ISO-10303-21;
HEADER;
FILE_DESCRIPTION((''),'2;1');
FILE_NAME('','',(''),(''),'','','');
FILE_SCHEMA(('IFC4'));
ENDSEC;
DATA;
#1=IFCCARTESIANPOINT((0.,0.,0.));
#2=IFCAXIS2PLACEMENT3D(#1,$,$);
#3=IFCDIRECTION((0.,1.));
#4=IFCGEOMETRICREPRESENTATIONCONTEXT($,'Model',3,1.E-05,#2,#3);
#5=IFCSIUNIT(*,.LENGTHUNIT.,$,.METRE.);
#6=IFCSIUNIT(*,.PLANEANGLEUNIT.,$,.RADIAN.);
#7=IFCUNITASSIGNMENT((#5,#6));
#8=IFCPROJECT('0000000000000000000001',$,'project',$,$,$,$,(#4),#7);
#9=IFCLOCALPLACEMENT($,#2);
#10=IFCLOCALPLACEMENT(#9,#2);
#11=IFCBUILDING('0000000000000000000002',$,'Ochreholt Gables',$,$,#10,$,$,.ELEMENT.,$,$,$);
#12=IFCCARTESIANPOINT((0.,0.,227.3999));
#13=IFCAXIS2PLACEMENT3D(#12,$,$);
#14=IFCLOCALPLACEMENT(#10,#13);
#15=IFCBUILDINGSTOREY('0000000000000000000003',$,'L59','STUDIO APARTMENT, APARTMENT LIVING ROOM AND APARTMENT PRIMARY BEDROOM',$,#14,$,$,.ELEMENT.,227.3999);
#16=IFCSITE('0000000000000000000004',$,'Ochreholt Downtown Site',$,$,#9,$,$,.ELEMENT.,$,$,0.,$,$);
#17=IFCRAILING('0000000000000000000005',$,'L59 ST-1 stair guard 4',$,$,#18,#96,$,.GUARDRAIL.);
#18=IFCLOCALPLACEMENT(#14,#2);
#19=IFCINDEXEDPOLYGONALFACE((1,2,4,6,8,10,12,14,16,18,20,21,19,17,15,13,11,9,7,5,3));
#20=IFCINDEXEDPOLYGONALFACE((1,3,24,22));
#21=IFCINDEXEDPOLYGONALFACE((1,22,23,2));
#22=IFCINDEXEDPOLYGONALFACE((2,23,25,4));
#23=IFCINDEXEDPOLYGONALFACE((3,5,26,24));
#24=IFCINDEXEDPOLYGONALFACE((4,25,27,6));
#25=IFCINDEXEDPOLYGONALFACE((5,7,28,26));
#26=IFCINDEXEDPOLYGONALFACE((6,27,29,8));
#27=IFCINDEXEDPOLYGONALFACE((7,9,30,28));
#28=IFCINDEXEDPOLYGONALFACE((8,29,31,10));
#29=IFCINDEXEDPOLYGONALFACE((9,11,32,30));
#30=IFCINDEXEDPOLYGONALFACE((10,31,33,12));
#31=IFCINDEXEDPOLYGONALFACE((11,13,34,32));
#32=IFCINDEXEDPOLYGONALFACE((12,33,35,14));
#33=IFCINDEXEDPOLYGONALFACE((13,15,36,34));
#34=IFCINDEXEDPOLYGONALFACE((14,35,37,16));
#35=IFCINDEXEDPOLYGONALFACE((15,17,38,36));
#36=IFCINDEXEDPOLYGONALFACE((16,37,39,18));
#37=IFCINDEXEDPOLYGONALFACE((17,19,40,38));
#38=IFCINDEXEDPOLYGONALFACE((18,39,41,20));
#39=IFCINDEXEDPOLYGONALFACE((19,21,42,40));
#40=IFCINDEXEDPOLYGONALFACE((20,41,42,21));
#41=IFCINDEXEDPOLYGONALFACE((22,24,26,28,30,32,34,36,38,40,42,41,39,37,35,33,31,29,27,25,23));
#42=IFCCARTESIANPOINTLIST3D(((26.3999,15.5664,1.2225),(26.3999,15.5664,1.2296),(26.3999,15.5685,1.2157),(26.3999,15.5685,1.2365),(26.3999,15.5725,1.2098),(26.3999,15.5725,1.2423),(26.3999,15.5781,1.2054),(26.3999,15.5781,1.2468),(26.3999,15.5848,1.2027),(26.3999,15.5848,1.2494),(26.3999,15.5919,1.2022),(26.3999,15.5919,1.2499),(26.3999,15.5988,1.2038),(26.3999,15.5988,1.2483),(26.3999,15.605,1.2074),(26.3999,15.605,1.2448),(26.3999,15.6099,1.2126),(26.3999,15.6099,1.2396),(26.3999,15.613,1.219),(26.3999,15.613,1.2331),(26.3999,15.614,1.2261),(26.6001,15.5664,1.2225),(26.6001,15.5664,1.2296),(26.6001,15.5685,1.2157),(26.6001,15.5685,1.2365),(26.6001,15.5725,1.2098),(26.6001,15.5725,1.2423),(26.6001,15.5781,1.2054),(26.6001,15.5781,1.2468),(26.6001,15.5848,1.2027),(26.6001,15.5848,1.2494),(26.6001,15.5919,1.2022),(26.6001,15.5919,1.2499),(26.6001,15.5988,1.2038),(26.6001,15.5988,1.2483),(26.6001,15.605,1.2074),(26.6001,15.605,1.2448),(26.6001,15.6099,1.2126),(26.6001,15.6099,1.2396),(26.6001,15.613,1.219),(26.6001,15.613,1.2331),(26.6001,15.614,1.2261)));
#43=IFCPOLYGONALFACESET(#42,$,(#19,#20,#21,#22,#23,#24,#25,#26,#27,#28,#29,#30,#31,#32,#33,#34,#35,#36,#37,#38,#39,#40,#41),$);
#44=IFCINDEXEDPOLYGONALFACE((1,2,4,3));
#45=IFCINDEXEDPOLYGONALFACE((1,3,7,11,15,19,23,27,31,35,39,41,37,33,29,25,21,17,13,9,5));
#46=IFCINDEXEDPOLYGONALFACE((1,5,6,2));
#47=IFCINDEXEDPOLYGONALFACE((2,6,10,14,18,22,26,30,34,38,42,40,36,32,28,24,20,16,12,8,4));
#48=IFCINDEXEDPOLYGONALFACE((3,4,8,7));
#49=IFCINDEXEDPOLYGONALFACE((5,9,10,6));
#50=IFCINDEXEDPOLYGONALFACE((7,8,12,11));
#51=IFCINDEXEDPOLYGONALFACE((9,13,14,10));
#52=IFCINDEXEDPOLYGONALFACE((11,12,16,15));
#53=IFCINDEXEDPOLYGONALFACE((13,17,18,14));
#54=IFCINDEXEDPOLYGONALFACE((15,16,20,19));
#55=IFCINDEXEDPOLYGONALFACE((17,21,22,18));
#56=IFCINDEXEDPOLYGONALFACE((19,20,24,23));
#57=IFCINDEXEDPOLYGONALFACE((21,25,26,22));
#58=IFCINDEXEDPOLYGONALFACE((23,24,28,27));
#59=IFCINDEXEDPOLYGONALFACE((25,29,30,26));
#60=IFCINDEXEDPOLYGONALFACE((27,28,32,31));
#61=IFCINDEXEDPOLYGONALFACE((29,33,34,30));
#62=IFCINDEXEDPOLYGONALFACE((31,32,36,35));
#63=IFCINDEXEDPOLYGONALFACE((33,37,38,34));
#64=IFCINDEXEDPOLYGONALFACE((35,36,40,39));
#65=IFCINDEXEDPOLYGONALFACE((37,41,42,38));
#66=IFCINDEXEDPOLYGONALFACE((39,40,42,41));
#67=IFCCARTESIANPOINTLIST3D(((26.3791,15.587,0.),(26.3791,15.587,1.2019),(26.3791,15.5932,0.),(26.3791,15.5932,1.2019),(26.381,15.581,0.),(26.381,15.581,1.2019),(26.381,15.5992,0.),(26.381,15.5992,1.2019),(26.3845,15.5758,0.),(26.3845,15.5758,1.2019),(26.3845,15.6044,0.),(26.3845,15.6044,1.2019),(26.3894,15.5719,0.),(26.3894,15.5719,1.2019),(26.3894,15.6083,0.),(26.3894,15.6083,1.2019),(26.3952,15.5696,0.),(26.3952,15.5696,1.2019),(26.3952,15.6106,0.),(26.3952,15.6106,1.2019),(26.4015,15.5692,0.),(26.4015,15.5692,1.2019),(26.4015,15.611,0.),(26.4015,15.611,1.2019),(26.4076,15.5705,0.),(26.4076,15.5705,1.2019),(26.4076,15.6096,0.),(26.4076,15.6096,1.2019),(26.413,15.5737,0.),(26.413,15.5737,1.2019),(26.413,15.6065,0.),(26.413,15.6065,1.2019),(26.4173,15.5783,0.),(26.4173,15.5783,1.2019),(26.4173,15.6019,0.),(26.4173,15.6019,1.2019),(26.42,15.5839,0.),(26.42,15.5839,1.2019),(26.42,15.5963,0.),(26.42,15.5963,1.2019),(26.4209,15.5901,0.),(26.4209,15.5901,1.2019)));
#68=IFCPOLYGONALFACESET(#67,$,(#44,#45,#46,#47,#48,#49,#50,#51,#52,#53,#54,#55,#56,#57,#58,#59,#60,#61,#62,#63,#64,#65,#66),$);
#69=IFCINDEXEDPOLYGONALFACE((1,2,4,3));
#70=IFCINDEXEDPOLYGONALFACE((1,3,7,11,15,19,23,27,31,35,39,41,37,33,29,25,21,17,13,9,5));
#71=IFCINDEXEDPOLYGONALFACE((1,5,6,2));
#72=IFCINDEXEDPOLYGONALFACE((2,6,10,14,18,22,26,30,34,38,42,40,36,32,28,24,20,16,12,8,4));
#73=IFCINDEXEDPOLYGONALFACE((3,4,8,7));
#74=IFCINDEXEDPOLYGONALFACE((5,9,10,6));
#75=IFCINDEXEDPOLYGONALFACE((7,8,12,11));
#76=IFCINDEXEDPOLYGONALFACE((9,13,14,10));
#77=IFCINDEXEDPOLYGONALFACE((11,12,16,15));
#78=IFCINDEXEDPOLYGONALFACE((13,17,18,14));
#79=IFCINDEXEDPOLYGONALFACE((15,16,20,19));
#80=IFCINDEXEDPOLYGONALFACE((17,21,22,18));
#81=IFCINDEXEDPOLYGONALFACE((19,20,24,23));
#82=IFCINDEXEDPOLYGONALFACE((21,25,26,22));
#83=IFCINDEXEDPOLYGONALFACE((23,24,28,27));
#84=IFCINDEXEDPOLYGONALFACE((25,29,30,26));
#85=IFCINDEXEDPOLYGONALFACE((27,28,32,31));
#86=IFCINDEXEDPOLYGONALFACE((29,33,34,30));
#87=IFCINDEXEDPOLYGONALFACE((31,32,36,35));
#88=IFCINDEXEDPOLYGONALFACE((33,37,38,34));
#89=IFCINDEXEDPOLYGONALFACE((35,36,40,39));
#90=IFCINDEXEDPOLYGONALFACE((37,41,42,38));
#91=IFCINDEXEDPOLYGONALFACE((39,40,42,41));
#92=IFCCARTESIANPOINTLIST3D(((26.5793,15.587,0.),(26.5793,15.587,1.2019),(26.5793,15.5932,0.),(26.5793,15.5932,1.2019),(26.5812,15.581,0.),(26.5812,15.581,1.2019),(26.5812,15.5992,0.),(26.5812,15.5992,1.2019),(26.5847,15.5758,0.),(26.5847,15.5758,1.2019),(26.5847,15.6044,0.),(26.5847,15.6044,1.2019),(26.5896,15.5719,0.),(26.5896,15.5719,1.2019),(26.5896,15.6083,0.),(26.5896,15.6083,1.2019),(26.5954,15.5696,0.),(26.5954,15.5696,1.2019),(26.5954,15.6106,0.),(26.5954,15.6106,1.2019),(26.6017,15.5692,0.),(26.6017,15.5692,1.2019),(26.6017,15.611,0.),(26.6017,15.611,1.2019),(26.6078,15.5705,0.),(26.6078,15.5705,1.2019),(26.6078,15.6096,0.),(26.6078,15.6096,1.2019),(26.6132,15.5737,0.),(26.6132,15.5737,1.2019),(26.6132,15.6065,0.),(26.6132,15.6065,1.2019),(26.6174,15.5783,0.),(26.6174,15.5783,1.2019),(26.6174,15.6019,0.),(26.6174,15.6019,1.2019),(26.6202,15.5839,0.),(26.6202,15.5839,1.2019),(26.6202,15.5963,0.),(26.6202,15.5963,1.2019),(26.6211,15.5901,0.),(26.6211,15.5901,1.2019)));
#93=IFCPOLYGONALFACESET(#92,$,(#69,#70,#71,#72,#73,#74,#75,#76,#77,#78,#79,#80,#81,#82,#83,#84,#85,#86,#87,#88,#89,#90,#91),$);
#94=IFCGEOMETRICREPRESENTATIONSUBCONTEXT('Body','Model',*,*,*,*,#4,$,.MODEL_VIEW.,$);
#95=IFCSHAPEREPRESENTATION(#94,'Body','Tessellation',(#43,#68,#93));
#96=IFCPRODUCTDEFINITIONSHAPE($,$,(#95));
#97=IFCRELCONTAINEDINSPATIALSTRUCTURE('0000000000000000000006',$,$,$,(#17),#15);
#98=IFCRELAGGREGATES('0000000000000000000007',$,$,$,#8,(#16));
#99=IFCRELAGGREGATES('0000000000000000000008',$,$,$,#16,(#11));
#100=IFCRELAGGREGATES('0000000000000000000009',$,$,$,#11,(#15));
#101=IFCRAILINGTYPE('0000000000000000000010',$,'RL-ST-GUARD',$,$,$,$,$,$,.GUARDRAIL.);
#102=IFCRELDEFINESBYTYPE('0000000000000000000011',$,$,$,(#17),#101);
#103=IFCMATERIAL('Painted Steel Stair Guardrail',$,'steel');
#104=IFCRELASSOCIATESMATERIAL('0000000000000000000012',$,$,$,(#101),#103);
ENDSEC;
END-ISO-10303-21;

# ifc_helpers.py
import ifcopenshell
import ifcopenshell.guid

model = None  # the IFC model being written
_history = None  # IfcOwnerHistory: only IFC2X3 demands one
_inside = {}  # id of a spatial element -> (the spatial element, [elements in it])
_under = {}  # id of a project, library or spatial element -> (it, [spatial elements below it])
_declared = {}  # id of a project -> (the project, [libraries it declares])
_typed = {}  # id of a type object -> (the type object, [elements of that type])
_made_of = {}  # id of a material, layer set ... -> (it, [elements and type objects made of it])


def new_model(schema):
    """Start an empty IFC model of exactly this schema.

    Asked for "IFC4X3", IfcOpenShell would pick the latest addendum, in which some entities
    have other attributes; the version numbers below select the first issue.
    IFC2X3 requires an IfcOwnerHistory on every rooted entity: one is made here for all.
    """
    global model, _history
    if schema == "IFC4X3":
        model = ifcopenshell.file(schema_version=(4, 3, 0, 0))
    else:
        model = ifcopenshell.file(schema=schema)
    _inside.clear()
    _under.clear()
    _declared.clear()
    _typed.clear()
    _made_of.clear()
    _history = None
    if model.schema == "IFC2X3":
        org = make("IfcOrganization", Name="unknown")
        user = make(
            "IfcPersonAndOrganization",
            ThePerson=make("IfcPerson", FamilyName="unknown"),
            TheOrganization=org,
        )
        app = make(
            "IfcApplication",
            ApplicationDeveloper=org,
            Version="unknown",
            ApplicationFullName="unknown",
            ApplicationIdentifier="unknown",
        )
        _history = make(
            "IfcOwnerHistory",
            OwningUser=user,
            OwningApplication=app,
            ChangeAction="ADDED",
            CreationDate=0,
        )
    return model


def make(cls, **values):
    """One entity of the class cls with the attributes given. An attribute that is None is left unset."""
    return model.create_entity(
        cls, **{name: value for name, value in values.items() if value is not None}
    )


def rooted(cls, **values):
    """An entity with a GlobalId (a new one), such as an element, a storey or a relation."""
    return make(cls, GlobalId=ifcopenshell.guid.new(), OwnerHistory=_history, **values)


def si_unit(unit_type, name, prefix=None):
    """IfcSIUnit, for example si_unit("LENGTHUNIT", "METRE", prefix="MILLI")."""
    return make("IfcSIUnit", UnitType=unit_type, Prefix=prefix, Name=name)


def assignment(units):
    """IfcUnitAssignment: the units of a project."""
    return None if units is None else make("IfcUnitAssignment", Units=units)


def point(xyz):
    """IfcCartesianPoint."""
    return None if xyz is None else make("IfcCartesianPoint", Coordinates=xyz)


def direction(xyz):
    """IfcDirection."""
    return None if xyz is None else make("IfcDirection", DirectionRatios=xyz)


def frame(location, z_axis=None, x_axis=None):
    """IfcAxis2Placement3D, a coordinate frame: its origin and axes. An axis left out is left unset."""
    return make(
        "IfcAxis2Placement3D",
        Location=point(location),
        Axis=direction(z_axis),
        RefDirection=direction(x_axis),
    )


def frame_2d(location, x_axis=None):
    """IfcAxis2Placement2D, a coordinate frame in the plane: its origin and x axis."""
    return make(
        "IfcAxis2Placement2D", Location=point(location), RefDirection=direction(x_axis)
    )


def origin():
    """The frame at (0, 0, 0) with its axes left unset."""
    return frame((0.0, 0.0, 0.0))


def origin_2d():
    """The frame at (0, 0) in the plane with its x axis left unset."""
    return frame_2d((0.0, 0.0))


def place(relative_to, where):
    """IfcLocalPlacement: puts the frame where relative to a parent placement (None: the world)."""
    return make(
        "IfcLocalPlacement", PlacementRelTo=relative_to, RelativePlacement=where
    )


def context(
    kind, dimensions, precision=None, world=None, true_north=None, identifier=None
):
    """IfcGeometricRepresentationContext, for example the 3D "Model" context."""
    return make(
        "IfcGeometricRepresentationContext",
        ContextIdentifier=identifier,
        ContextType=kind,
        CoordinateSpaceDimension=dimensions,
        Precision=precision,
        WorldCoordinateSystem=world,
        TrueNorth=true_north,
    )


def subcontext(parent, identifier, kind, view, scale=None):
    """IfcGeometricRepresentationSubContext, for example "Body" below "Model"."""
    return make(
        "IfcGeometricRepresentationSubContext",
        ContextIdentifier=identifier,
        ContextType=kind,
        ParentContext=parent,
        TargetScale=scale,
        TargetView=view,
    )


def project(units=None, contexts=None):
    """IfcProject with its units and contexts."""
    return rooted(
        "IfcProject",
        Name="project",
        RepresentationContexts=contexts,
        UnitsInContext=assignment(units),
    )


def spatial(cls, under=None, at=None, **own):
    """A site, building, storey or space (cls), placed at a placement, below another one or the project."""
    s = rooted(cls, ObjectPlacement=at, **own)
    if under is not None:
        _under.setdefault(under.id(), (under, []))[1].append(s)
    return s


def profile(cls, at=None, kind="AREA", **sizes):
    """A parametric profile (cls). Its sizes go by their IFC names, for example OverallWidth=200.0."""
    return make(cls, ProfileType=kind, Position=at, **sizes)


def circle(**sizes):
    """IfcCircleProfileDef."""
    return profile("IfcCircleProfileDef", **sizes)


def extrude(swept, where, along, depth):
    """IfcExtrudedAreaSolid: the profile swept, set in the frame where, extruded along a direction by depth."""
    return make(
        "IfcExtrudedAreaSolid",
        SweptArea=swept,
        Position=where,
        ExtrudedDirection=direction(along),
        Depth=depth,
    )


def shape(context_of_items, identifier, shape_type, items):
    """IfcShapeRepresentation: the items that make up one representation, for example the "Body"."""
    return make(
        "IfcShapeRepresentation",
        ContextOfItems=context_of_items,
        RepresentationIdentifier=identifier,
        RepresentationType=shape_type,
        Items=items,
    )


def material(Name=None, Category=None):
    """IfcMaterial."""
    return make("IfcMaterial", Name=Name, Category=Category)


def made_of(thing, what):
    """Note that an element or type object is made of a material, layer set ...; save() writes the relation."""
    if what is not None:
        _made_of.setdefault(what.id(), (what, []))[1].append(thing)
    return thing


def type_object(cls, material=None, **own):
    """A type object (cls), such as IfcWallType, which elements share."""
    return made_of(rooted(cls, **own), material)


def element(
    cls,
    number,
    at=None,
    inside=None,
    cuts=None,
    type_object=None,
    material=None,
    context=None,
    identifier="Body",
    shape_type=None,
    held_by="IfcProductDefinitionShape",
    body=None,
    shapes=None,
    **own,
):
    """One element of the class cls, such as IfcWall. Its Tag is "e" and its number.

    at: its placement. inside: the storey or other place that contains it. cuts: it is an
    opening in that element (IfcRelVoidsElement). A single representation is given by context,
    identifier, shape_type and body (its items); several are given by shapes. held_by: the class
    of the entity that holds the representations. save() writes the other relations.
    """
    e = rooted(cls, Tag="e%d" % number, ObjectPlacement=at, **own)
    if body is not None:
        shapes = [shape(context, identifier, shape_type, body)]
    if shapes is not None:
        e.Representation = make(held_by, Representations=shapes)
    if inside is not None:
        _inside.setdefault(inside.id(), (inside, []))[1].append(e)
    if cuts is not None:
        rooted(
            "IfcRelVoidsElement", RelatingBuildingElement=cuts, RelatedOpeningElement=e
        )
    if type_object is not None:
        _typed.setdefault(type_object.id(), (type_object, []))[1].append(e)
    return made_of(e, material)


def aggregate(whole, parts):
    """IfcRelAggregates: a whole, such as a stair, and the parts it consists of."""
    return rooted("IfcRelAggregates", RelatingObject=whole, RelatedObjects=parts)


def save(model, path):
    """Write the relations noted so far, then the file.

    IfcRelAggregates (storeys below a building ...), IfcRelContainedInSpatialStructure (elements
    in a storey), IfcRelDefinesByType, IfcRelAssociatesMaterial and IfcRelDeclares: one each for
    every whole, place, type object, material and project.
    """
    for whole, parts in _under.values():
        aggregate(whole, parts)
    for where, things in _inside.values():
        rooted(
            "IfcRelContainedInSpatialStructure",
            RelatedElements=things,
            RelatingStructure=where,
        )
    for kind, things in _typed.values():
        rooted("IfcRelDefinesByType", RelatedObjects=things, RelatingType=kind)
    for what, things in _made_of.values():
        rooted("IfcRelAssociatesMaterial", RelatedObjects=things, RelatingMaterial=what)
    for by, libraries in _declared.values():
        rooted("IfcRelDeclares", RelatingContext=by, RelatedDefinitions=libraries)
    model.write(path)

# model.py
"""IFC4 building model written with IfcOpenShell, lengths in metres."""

from ifc_helpers import new_model, si_unit, direction, frame, origin, origin_2d, place, context, subcontext, project, spatial, circle, extrude, material, type_object, element, save


model = new_model("IFC4")

# Units and contexts
model_context = context("Model", 3, precision=1e-05, world=origin(), true_north=direction((0.0, 1.0)))
body_context = subcontext(model_context, "Body", "Model", "MODEL_VIEW")
ifc_project = project(units=[si_unit("LENGTHUNIT", "METRE"), si_unit("PLANEANGLEUNIT", "RADIAN")], contexts=[model_context])

# Site, building, storey
site_placement = place(None, origin())
site = spatial("IfcSite", under=ifc_project, at=site_placement, Name="Ochreholt Downtown Site", CompositionType="ELEMENT", RefElevation=0.0)
building_placement = place(site_placement, origin())
building = spatial("IfcBuilding", under=site, at=building_placement, Name="Ochreholt Gables", CompositionType="ELEMENT")
storey_placement = place(building_placement, frame((0.0, 0.0, 227.3999)))
storey = spatial("IfcBuildingStorey", under=building, at=storey_placement, Name="L59", Description="STUDIO APARTMENT, APARTMENT LIVING ROOM AND APARTMENT PRIMARY BEDROOM", CompositionType="ELEMENT", Elevation=227.3999)

# Railing
ifc_material_1 = material(Name="Painted Steel Stair Guardrail", Category="steel")
railing_type_1 = type_object("IfcRailingType", Name="RL-ST-GUARD", PredefinedType="GUARDRAIL", material=ifc_material_1)
railing_1_placement = place(storey_placement, frame((26.3999, 15.5901, 0.0)))
element("IfcRailing", 1, at=railing_1_placement, inside=storey, type_object=railing_type_1, Name="L59 ST-1 stair guard 4", PredefinedType="GUARDRAIL", context=body_context, shape_type="SweptSolid", body=[
    extrude(circle(Radius=0.0239, at=origin_2d()), frame((0.0, 0.0, 1.2261), z_axis=(1.0, 0.0, 0.0), x_axis=(0.0, 1.0, 0.0)), (0.0, 0.0, 1.0), 0.2002),
    extrude(circle(Radius=0.021, at=origin_2d()), origin(), (0.0, 0.0, 1.0), 1.2019),
    extrude(circle(Radius=0.021, at=origin_2d()), frame((0.2002, 0.0, 0.0)), (0.0, 0.0, 1.0), 1.2019),
])

save(model, "model.ifc")
